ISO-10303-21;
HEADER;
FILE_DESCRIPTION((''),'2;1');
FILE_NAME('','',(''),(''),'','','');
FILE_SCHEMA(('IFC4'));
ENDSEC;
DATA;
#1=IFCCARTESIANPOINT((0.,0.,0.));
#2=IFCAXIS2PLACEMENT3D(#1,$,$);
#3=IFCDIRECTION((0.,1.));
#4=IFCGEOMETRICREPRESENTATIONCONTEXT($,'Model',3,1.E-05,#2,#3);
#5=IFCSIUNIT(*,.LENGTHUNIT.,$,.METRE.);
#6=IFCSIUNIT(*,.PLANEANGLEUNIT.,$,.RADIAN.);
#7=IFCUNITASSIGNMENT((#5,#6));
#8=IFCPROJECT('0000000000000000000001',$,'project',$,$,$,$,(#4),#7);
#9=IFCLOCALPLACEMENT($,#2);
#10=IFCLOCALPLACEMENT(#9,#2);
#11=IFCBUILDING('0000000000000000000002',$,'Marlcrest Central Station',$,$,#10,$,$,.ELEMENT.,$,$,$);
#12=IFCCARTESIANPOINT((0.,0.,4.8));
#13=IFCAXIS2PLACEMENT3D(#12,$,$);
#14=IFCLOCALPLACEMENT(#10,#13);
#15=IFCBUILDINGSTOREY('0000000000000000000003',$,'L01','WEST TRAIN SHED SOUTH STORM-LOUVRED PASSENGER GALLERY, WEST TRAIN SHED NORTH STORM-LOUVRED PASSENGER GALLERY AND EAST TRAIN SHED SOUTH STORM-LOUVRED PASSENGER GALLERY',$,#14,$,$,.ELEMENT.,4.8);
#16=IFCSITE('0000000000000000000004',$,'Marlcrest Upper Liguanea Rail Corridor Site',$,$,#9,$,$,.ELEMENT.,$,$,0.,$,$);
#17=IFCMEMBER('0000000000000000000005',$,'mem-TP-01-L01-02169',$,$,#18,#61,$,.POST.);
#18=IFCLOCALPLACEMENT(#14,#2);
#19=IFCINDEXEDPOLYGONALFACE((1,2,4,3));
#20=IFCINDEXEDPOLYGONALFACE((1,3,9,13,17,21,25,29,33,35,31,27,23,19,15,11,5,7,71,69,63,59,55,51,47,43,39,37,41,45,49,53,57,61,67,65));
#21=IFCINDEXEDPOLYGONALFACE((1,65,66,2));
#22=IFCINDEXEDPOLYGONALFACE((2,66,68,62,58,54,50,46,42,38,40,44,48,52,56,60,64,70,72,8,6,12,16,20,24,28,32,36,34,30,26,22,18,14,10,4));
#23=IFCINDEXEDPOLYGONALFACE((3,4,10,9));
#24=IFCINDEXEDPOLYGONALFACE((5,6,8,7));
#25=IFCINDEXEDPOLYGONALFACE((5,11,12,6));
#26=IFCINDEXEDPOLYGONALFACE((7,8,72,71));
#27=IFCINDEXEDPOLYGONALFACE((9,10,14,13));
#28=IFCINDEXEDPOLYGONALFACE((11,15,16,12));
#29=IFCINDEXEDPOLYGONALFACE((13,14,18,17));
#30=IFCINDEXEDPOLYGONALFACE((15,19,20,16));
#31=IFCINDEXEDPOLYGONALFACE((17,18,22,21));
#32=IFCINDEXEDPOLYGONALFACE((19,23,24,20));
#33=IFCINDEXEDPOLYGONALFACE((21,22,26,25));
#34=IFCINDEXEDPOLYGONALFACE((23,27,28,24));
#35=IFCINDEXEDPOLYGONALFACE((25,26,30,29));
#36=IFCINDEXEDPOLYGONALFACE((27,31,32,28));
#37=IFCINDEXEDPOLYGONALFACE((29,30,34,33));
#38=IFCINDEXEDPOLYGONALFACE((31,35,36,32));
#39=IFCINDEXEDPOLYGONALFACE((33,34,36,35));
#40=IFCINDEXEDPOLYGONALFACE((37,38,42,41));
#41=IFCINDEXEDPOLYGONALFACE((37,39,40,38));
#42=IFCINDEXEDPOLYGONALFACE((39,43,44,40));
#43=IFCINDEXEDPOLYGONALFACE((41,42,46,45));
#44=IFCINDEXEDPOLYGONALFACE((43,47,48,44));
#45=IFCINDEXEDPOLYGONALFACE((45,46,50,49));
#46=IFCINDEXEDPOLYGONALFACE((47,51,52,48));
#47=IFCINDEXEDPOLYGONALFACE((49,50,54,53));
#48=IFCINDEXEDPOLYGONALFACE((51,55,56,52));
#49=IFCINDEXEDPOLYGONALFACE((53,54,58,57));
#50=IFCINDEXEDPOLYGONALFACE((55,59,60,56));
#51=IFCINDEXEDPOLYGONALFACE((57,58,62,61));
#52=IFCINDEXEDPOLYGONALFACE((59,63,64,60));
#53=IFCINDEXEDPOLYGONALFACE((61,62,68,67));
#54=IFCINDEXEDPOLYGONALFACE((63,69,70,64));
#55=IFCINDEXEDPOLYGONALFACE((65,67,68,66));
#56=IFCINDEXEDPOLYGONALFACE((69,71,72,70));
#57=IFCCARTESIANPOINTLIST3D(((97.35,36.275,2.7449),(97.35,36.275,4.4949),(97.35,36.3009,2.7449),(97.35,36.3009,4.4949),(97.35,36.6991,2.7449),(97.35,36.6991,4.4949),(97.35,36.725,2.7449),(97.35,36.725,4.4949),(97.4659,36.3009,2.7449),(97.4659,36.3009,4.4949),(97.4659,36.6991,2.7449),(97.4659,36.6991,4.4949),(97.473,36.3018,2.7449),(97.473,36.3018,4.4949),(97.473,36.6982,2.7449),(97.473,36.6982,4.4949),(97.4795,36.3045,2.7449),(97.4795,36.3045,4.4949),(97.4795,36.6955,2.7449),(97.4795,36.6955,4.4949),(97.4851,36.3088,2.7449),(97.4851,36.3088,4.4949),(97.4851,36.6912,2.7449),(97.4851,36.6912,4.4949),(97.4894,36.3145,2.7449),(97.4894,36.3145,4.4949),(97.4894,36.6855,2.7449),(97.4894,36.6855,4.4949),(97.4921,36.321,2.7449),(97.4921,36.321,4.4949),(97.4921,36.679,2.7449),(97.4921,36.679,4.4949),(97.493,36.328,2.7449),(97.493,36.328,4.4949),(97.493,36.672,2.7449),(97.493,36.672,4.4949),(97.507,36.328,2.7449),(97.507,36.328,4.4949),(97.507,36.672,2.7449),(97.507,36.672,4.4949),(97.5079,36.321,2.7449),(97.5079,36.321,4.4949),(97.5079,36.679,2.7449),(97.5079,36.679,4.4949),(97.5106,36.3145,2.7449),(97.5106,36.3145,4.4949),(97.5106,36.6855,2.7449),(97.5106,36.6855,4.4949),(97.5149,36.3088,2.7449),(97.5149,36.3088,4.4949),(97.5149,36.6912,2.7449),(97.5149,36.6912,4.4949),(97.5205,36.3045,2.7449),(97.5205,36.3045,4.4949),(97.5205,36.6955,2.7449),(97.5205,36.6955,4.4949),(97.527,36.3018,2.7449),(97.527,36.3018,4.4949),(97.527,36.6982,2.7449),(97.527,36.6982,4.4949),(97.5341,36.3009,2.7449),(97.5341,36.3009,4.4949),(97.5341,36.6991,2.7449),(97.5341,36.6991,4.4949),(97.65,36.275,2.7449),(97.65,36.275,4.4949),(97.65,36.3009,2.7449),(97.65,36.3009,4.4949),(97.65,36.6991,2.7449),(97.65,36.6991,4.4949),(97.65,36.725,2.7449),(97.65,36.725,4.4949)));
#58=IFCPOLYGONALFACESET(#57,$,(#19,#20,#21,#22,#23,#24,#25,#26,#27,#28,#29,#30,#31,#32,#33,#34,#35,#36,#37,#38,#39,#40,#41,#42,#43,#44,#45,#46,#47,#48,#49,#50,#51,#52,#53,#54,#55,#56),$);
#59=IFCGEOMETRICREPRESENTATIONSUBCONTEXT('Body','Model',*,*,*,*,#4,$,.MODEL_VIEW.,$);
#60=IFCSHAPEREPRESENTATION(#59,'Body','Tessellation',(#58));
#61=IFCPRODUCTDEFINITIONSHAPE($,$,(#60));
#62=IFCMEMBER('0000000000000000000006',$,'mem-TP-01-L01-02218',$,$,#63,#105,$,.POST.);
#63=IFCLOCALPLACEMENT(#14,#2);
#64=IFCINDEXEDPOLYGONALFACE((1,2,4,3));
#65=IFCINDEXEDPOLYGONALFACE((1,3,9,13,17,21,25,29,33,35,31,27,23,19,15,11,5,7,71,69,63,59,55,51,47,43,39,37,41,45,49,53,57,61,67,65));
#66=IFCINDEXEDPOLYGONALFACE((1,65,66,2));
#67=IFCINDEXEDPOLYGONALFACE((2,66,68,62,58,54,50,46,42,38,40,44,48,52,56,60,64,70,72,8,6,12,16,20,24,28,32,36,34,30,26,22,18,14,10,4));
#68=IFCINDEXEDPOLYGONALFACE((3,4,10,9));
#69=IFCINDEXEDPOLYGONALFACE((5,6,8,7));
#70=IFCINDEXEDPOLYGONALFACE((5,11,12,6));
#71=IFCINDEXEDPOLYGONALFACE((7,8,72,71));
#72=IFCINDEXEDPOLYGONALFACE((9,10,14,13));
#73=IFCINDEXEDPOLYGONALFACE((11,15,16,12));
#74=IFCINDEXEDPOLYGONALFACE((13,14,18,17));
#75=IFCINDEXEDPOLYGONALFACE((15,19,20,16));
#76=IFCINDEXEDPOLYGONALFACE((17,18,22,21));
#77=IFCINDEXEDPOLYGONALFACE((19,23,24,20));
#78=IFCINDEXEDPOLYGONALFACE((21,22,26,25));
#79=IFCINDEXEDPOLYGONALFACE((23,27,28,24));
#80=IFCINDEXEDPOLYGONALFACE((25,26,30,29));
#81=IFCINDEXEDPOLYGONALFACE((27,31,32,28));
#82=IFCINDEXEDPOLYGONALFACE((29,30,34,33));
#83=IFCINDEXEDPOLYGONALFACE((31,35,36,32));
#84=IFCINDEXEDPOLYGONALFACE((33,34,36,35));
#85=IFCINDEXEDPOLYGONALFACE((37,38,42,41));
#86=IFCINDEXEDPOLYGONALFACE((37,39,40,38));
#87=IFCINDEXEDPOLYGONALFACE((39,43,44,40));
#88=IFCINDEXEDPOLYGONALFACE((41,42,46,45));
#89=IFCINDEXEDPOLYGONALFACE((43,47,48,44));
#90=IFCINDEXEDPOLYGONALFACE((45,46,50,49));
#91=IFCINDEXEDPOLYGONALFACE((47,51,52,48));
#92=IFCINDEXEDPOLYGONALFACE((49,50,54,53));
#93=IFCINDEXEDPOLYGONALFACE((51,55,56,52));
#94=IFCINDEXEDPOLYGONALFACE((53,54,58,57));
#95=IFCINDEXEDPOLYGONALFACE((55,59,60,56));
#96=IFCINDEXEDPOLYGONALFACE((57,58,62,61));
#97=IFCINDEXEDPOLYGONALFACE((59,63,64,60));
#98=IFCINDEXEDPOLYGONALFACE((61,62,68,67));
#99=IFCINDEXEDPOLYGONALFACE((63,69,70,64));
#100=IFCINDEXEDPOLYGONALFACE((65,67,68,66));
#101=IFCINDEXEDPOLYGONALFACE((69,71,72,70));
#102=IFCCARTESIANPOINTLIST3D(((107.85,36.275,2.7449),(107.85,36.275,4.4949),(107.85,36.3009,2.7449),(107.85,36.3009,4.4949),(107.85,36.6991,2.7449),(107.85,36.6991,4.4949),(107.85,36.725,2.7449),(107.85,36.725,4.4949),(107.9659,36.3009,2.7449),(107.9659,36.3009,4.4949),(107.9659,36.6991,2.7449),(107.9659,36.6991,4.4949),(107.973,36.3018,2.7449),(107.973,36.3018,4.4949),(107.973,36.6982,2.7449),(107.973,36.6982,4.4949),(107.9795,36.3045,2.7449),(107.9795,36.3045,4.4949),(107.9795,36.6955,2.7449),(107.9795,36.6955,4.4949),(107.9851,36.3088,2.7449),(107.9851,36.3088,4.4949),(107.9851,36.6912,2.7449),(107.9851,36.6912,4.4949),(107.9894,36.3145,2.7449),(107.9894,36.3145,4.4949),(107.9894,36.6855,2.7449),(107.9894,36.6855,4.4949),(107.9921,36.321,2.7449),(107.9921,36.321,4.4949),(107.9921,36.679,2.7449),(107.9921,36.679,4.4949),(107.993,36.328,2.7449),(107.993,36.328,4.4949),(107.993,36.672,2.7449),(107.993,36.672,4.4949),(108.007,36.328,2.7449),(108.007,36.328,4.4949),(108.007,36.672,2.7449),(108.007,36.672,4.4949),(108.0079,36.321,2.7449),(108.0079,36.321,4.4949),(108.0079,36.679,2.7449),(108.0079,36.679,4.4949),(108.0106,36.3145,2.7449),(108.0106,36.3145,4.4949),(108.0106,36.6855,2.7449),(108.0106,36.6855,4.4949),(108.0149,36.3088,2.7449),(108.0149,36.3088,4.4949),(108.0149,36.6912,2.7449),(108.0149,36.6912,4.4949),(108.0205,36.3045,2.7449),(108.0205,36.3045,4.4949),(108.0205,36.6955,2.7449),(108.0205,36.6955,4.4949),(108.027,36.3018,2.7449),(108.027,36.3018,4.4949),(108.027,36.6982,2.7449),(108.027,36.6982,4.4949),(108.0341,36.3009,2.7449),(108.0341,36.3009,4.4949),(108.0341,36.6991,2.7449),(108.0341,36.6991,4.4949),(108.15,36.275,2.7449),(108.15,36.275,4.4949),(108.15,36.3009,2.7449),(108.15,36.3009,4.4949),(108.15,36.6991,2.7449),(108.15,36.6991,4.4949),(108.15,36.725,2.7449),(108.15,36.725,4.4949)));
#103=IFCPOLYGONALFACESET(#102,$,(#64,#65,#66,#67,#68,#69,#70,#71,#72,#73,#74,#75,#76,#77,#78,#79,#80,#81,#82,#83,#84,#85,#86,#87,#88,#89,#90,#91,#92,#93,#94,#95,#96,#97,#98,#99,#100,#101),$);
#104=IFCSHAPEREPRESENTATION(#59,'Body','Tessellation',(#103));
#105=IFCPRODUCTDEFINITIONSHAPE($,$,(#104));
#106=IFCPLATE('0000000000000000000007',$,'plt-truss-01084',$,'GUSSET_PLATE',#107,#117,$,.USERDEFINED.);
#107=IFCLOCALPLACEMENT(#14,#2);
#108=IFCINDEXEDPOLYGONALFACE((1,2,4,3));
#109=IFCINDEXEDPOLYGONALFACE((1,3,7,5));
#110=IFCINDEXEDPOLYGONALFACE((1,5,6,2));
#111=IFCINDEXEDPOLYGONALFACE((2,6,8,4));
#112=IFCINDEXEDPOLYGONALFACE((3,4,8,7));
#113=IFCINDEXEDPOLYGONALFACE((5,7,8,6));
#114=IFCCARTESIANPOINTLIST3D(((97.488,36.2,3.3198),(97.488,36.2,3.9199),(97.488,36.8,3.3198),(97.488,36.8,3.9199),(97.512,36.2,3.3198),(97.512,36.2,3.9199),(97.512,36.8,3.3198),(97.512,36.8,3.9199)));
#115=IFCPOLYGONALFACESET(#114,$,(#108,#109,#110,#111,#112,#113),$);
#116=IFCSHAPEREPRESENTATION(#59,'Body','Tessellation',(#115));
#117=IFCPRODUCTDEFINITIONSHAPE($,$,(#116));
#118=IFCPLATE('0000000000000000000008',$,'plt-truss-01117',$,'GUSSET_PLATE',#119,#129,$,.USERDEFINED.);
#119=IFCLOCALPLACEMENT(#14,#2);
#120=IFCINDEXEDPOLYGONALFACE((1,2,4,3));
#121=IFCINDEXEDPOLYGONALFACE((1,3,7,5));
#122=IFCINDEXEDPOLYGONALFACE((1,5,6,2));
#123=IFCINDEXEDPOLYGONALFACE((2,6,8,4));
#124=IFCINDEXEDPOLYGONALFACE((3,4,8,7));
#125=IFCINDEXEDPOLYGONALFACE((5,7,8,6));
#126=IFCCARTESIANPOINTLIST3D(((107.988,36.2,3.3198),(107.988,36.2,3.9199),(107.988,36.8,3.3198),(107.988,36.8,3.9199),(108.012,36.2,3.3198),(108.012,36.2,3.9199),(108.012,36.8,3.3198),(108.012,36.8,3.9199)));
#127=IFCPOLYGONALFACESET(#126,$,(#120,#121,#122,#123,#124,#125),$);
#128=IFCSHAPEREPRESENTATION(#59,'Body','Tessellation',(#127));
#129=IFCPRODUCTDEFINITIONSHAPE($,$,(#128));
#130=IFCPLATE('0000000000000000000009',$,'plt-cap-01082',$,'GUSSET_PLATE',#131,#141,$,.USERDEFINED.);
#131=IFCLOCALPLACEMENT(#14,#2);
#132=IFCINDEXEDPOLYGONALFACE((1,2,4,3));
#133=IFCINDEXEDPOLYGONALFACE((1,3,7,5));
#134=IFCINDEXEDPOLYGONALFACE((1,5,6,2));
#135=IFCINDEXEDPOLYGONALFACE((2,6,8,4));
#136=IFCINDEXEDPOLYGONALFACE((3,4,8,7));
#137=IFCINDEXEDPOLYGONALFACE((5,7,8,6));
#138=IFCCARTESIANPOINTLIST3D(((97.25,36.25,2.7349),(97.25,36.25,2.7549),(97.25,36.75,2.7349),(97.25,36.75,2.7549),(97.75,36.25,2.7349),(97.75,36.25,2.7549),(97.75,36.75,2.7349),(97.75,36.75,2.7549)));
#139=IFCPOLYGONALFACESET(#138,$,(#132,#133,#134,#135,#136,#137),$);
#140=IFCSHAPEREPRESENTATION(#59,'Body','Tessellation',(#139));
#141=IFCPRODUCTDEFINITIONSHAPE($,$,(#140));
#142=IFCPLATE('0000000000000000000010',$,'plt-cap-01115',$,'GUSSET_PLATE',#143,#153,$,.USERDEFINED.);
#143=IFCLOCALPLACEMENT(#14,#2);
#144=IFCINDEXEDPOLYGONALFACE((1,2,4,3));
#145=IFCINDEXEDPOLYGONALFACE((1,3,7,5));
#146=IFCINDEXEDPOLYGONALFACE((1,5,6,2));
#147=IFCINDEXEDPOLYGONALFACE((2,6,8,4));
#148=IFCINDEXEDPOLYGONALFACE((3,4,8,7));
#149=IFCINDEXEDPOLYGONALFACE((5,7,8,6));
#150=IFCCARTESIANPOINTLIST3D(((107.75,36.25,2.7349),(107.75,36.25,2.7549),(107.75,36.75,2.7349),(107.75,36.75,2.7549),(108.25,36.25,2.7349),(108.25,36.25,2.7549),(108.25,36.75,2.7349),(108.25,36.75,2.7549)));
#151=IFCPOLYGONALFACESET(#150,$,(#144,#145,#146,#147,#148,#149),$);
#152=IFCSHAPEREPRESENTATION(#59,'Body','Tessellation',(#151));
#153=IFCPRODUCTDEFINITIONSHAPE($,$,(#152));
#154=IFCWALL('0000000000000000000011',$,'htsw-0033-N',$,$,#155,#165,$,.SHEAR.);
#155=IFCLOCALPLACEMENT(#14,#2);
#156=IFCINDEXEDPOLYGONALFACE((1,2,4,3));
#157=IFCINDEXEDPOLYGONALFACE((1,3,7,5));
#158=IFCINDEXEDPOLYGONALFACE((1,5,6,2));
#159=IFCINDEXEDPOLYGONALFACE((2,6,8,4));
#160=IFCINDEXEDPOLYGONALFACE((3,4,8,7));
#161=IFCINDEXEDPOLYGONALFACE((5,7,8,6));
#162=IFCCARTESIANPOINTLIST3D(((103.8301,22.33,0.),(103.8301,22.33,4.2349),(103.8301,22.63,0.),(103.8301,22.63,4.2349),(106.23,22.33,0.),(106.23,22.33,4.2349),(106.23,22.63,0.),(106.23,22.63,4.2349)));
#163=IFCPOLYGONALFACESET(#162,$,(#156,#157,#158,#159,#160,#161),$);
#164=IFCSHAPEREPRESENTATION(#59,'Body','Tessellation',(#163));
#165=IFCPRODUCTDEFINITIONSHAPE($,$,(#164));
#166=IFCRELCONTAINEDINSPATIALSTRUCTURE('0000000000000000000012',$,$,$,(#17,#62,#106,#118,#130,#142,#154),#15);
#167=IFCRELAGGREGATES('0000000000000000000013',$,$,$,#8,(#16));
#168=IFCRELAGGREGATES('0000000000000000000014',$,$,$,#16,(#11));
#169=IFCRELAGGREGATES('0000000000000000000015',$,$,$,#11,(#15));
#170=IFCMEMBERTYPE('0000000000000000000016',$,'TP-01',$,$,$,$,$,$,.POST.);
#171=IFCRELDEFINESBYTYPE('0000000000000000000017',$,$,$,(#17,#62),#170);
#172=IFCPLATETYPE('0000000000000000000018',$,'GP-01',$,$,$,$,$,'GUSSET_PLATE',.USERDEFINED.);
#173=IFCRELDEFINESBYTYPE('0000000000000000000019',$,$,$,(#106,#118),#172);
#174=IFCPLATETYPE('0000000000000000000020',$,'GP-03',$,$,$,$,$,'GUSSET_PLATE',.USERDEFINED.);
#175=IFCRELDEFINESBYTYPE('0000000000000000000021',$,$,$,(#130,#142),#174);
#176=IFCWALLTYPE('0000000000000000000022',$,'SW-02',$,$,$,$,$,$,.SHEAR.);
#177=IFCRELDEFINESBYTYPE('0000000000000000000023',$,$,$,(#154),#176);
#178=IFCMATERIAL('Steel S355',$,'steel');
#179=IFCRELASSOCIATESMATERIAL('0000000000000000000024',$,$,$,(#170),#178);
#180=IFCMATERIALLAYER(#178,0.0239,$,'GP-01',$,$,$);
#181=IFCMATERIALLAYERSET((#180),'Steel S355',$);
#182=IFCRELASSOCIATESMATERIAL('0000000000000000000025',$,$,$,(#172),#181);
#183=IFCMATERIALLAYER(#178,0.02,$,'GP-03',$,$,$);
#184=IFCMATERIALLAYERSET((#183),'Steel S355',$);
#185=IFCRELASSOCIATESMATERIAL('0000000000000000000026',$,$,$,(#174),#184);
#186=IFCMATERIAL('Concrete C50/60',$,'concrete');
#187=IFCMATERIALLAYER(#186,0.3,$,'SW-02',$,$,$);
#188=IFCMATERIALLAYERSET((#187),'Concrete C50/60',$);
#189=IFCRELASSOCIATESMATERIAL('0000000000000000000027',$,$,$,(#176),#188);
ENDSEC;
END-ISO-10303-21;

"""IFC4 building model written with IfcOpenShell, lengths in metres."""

from ifc_helpers import new_model, si_unit, direction, frame, frame_2d, origin, origin_2d, place, context, subcontext, project, spatial, rectangle, i_section, extrude, material, layer, layer_set, material_profile, profile_set, type_object, element, save


model = new_model("IFC4")

# Units and contexts
model_context = context("Model", 3, precision=1e-05, world=origin(), true_north=direction((0.0, 1.0)))
body_context = subcontext(model_context, "Body", "Model", "MODEL_VIEW")
ifc_project = project(units=[si_unit("LENGTHUNIT", "METRE"), si_unit("PLANEANGLEUNIT", "RADIAN")], contexts=[model_context])

# Site, building, storey
site_placement = place(None, origin())
site = spatial("IfcSite", under=ifc_project, at=site_placement, Name="Marlcrest Upper Liguanea Rail Corridor Site", CompositionType="ELEMENT", RefElevation=0.0)
building_placement = place(site_placement, origin())
building = spatial("IfcBuilding", under=site, at=building_placement, Name="Marlcrest Central Station", CompositionType="ELEMENT")
storey_placement = place(building_placement, frame((0.0, 0.0, 4.8)))
storey = spatial("IfcBuildingStorey", under=building, at=storey_placement, Name="L01", Description="WEST TRAIN SHED SOUTH STORM-LOUVRED PASSENGER GALLERY, WEST TRAIN SHED NORTH STORM-LOUVRED PASSENGER GALLERY AND EAST TRAIN SHED SOUTH STORM-LOUVRED PASSENGER GALLERY", CompositionType="ELEMENT", Elevation=4.8)

# Shared definitions
ifc_material_1 = material(Name="Steel S355", Category="steel")

# Members
ifc_material_profile_1 = material_profile(ifc_material_1, i_section(OverallWidth=0.3, OverallDepth=0.45, WebThickness=0.0139, FlangeThickness=0.0259, FilletRadius=0.0271, at=origin_2d()), Name="HEB 450")
ifc_profile_set_1 = profile_set([ifc_material_profile_1], Name="Steel S355")
member_type_1 = type_object("IfcMemberType", Name="TP-01", PredefinedType="POST", material=ifc_profile_set_1)
for number, where, z_axis, x_axis, name in (
    (1, (97.5, 36.5, 2.7449), (0.0, 0.0, 1.0), (1.0, 0.0, 0.0), "mem-TP-01-L01-02169"),
    (2, (108.0, 36.5, 2.7449), (0.0, 0.0, 1.0), (1.0, 0.0, 0.0), "mem-TP-01-L01-02218"),
):
    element("IfcMember", number, at=place(storey_placement, frame(where, z_axis=z_axis, x_axis=x_axis)), inside=storey, type_object=member_type_1, Name=name, PredefinedType="POST", context=body_context, shape_type="SweptSolid", body=[
        extrude(i_section(OverallWidth=0.3, OverallDepth=0.45, WebThickness=0.0139, FlangeThickness=0.0259, FilletRadius=0.0271, at=origin_2d()), origin(), (0.0, 0.0, 1.0), 1.75),
    ])

# Plates
ifc_layer_1 = layer(ifc_material_1, 0.0239, Name="GP-01")
ifc_layer_set_1 = layer_set([ifc_layer_1], Name="Steel S355")
plate_type_1 = type_object("IfcPlateType", Name="GP-01", ElementType="GUSSET_PLATE", PredefinedType="USERDEFINED", material=ifc_layer_set_1)
for number, where, z_axis, x_axis, name in (
    (3, (97.5, 36.5, 3.3198), (0.0, 0.0, 1.0), (1.0, 0.0, 0.0), "plt-truss-01084"),
    (4, (108.0, 36.5, 3.3198), (0.0, 0.0, 1.0), (1.0, 0.0, 0.0), "plt-truss-01117"),
):
    element("IfcPlate", number, at=place(storey_placement, frame(where, z_axis=z_axis, x_axis=x_axis)), inside=storey, type_object=plate_type_1, Name=name, ObjectType="GUSSET_PLATE", PredefinedType="USERDEFINED", context=body_context, shape_type="SweptSolid", body=[
        extrude(rectangle(XDim=0.0239, YDim=0.6001, at=origin_2d()), origin(), (0.0, 0.0, 1.0), 0.6001),
    ])
ifc_layer_2 = layer(ifc_material_1, 0.02, Name="GP-03")
ifc_layer_set_2 = layer_set([ifc_layer_2], Name="Steel S355")
plate_type_2 = type_object("IfcPlateType", Name="GP-03", ElementType="GUSSET_PLATE", PredefinedType="USERDEFINED", material=ifc_layer_set_2)
for number, where, z_axis, x_axis, name in (
    (5, (97.5, 36.5, 2.7349), (0.0, 0.0, 1.0), (1.0, 0.0, 0.0), "plt-cap-01082"),
    (6, (108.0, 36.5, 2.7349), (0.0, 0.0, 1.0), (1.0, 0.0, 0.0), "plt-cap-01115"),
):
    element("IfcPlate", number, at=place(storey_placement, frame(where, z_axis=z_axis, x_axis=x_axis)), inside=storey, type_object=plate_type_2, Name=name, ObjectType="GUSSET_PLATE", PredefinedType="USERDEFINED", context=body_context, shape_type="SweptSolid", body=[
        extrude(rectangle(XDim=0.5, YDim=0.5, at=origin_2d()), origin(), (0.0, 0.0, 1.0), 0.02),
    ])

# Wall
ifc_material_2 = material(Name="Concrete C50/60", Category="concrete")
ifc_layer_3 = layer(ifc_material_2, 0.3, Name="SW-02")
ifc_layer_set_3 = layer_set([ifc_layer_3], Name="Concrete C50/60")
wall_type = type_object("IfcWallType", Name="SW-02", PredefinedType="SHEAR", material=ifc_layer_set_3)
wall_placement = place(storey_placement, frame((106.23, 22.48, 0.0), z_axis=(0.0, 0.0, 1.0), x_axis=(-1.0, 0.0, 0.0)))
element("IfcWall", 7, at=wall_placement, inside=storey, type_object=wall_type, Name="htsw-0033-N", PredefinedType="SHEAR", context=body_context, shape_type="SweptSolid", body=[
    extrude(rectangle(XDim=2.3999, YDim=0.3, at=frame_2d((1.2, 0.0))), origin(), (0.0, 0.0, 1.0), 4.2349),
])

save(model, "model.ifc")
